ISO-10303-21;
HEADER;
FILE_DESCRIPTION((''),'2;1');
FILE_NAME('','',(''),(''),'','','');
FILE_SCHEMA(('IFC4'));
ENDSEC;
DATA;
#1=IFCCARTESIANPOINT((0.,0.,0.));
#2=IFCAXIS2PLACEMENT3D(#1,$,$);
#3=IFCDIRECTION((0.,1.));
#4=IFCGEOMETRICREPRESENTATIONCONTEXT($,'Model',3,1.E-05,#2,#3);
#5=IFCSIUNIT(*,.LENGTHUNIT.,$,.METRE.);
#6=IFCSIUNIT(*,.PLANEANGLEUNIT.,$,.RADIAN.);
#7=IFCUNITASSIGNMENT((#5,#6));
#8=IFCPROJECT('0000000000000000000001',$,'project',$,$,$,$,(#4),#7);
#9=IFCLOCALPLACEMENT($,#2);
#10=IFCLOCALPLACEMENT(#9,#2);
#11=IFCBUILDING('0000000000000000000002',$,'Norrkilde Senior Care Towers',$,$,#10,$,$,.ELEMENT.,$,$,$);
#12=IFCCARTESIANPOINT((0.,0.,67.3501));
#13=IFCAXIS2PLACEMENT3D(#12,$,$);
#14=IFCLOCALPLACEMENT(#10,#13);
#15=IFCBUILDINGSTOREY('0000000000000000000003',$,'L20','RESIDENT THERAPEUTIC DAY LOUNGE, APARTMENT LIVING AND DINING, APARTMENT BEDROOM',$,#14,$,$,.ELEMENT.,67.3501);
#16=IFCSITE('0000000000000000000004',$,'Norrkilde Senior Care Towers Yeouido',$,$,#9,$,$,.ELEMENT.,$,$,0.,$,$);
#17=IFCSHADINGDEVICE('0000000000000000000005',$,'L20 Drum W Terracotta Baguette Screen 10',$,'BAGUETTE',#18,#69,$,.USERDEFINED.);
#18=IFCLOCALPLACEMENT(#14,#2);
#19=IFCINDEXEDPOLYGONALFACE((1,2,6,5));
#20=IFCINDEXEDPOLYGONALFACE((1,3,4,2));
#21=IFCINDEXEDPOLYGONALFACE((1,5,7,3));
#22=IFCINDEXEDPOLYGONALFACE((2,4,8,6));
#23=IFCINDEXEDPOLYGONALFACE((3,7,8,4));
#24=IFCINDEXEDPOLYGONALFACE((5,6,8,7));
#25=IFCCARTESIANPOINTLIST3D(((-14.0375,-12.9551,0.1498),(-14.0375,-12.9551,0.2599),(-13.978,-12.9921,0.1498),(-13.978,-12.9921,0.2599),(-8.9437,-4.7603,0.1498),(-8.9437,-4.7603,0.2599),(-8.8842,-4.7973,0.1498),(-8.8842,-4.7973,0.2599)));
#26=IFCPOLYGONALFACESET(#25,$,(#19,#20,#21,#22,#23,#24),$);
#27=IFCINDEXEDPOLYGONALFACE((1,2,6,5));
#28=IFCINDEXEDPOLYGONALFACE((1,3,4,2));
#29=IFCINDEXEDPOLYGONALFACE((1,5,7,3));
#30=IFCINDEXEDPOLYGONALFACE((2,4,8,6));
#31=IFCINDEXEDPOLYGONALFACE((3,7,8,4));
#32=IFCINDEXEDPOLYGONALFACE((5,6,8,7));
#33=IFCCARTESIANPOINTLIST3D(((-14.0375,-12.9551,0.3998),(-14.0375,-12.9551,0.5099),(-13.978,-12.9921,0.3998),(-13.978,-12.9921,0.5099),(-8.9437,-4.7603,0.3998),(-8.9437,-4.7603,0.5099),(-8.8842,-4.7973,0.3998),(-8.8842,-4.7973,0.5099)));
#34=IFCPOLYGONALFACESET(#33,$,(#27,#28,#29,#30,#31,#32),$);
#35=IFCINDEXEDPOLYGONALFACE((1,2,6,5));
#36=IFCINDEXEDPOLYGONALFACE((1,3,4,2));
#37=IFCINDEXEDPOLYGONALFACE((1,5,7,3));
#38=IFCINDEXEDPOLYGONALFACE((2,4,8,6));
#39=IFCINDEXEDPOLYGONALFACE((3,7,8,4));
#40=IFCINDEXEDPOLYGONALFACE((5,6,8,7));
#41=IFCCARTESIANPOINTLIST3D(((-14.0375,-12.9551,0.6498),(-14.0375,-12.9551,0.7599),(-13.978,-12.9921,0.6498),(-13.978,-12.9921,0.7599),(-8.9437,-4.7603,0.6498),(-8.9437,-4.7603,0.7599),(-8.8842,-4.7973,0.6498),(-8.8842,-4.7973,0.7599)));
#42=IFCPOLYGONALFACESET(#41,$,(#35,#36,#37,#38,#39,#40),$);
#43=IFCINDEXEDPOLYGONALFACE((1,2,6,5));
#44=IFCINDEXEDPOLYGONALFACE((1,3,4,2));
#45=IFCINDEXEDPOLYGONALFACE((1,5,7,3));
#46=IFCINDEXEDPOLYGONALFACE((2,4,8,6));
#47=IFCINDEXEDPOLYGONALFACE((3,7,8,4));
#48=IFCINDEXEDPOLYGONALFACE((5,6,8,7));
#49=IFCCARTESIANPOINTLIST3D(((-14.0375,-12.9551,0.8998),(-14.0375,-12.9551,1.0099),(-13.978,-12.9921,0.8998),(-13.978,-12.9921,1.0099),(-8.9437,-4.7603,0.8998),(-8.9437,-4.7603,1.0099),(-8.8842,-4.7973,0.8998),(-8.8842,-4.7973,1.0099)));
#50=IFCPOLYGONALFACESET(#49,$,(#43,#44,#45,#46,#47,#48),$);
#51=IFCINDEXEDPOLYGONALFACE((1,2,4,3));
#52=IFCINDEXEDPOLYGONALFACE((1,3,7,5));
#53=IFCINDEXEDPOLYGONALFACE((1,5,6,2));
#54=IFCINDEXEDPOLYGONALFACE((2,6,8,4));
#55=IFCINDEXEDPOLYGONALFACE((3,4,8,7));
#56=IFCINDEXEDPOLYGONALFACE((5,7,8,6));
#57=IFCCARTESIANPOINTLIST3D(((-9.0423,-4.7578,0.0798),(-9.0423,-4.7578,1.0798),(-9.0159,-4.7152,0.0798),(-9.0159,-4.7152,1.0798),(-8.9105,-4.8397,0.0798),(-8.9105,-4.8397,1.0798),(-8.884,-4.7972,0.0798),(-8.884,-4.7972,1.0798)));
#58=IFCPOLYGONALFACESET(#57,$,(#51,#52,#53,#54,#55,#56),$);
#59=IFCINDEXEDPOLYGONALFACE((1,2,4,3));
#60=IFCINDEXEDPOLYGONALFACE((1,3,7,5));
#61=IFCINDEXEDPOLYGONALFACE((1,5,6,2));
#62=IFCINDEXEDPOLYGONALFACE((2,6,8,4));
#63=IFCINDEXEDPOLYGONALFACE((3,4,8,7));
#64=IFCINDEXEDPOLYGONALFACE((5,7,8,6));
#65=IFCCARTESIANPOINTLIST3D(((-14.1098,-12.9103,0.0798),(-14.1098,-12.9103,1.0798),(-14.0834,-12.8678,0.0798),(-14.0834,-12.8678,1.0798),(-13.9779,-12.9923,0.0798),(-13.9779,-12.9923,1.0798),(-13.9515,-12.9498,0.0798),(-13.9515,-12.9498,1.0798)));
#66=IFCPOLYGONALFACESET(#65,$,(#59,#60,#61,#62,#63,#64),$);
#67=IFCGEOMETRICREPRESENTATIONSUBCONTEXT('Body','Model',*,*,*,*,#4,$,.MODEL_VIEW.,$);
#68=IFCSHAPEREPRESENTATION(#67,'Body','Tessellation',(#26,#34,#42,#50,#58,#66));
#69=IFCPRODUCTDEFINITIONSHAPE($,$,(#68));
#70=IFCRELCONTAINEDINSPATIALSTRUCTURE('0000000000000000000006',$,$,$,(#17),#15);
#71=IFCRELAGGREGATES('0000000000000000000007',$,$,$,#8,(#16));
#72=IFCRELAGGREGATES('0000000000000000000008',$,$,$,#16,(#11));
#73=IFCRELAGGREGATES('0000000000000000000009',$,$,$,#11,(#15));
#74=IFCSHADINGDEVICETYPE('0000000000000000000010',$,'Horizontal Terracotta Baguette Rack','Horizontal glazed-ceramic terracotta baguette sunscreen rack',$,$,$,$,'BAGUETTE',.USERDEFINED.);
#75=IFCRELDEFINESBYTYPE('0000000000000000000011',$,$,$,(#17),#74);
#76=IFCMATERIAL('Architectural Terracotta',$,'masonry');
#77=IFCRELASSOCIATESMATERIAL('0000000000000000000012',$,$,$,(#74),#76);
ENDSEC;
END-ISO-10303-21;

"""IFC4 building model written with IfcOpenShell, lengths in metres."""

from ifc_helpers import new_model, si_unit, direction, frame, origin, origin_2d, place, context, subcontext, project, spatial, rectangle, extrude, source, transform, mapped, material, type_object, type_shapes, element, save


model = new_model("IFC4")

# Units and contexts
model_context = context("Model", 3, precision=1e-05, world=origin(), true_north=direction((0.0, 1.0)))
body_context = subcontext(model_context, "Body", "Model", "MODEL_VIEW")
ifc_project = project(units=[si_unit("LENGTHUNIT", "METRE"), si_unit("PLANEANGLEUNIT", "RADIAN")], contexts=[model_context])

# Site, building, storey
site_placement = place(None, origin())
site = spatial("IfcSite", under=ifc_project, at=site_placement, Name="Norrkilde Senior Care Towers Yeouido", CompositionType="ELEMENT", RefElevation=0.0)
building_placement = place(site_placement, origin())
building = spatial("IfcBuilding", under=site, at=building_placement, Name="Norrkilde Senior Care Towers", CompositionType="ELEMENT")
storey_placement = place(building_placement, frame((0.0, 0.0, 67.3501)))
storey = spatial("IfcBuildingStorey", under=building, at=storey_placement, Name="L20", Description="RESIDENT THERAPEUTIC DAY LOUNGE, APARTMENT LIVING AND DINING, APARTMENT BEDROOM", CompositionType="ELEMENT", Elevation=67.3501)

# Shading device
ifc_material_1 = material(Name="Architectural Terracotta", Category="masonry")
shading_device_type = type_object("IfcShadingDeviceType", Name="Horizontal Terracotta Baguette Rack", Description="Horizontal glazed-ceramic terracotta baguette sunscreen rack", ElementType="BAGUETTE", PredefinedType="USERDEFINED", material=ifc_material_1)
shared_shape_1 = source(origin(), body_context, "Body", "SweptSolid", [
    extrude(rectangle(XDim=0.0701, YDim=0.1101, at=origin_2d()), frame((0.0, 0.0901, 0.125), z_axis=(1.0, 0.0, 0.0), x_axis=(0.0, 1.0, 0.0)), (0.0, 0.0, 1.0), 9.6489),
    extrude(rectangle(XDim=0.0701, YDim=0.1101, at=origin_2d()), frame((0.0, 0.0901, 0.375), z_axis=(1.0, 0.0, 0.0), x_axis=(0.0, 1.0, 0.0)), (0.0, 0.0, 1.0), 9.6489),
    extrude(rectangle(XDim=0.0701, YDim=0.1101, at=origin_2d()), frame((0.0, 0.0901, 0.625), z_axis=(1.0, 0.0, 0.0), x_axis=(0.0, 1.0, 0.0)), (0.0, 0.0, 1.0), 9.6489),
    extrude(rectangle(XDim=0.0701, YDim=0.1101, at=origin_2d()), frame((0.0, 0.0901, 0.875), z_axis=(1.0, 0.0, 0.0), x_axis=(0.0, 1.0, 0.0)), (0.0, 0.0, 1.0), 9.6489),
    extrude(rectangle(XDim=0.05, YDim=0.1553, at=origin_2d()), frame((0.0249, 0.0476, 0.0)), (0.0, 0.0, 1.0), 1.0),
    extrude(rectangle(XDim=0.05, YDim=0.1553, at=origin_2d()), frame((9.624, 0.0476, 0.0)), (0.0, 0.0, 1.0), 1.0),
])
type_shapes(shading_device_type, [shared_shape_1])
shading_device_placement = place(storey_placement, frame((-8.9905, -4.7312, 0.0798), z_axis=(0.0, 0.0, 1.0), x_axis=(-0.527909, -0.849299, 0.0)))
element("IfcShadingDevice", 1, at=shading_device_placement, inside=storey, type_object=shading_device_type, Name="L20 Drum W Terracotta Baguette Screen 10", ObjectType="BAGUETTE", PredefinedType="USERDEFINED", context=body_context, shape_type="MappedRepresentation", body=[
    mapped(shared_shape_1, transform((0.0, 0.0, 0.0), x_axis=(1.0, 0.0, 0.0), y_axis=(0.0, 1.0, 0.0), z_axis=(0.0, 0.0, 1.0), scale=1.0)),
])

save(model, "model.ifc")
